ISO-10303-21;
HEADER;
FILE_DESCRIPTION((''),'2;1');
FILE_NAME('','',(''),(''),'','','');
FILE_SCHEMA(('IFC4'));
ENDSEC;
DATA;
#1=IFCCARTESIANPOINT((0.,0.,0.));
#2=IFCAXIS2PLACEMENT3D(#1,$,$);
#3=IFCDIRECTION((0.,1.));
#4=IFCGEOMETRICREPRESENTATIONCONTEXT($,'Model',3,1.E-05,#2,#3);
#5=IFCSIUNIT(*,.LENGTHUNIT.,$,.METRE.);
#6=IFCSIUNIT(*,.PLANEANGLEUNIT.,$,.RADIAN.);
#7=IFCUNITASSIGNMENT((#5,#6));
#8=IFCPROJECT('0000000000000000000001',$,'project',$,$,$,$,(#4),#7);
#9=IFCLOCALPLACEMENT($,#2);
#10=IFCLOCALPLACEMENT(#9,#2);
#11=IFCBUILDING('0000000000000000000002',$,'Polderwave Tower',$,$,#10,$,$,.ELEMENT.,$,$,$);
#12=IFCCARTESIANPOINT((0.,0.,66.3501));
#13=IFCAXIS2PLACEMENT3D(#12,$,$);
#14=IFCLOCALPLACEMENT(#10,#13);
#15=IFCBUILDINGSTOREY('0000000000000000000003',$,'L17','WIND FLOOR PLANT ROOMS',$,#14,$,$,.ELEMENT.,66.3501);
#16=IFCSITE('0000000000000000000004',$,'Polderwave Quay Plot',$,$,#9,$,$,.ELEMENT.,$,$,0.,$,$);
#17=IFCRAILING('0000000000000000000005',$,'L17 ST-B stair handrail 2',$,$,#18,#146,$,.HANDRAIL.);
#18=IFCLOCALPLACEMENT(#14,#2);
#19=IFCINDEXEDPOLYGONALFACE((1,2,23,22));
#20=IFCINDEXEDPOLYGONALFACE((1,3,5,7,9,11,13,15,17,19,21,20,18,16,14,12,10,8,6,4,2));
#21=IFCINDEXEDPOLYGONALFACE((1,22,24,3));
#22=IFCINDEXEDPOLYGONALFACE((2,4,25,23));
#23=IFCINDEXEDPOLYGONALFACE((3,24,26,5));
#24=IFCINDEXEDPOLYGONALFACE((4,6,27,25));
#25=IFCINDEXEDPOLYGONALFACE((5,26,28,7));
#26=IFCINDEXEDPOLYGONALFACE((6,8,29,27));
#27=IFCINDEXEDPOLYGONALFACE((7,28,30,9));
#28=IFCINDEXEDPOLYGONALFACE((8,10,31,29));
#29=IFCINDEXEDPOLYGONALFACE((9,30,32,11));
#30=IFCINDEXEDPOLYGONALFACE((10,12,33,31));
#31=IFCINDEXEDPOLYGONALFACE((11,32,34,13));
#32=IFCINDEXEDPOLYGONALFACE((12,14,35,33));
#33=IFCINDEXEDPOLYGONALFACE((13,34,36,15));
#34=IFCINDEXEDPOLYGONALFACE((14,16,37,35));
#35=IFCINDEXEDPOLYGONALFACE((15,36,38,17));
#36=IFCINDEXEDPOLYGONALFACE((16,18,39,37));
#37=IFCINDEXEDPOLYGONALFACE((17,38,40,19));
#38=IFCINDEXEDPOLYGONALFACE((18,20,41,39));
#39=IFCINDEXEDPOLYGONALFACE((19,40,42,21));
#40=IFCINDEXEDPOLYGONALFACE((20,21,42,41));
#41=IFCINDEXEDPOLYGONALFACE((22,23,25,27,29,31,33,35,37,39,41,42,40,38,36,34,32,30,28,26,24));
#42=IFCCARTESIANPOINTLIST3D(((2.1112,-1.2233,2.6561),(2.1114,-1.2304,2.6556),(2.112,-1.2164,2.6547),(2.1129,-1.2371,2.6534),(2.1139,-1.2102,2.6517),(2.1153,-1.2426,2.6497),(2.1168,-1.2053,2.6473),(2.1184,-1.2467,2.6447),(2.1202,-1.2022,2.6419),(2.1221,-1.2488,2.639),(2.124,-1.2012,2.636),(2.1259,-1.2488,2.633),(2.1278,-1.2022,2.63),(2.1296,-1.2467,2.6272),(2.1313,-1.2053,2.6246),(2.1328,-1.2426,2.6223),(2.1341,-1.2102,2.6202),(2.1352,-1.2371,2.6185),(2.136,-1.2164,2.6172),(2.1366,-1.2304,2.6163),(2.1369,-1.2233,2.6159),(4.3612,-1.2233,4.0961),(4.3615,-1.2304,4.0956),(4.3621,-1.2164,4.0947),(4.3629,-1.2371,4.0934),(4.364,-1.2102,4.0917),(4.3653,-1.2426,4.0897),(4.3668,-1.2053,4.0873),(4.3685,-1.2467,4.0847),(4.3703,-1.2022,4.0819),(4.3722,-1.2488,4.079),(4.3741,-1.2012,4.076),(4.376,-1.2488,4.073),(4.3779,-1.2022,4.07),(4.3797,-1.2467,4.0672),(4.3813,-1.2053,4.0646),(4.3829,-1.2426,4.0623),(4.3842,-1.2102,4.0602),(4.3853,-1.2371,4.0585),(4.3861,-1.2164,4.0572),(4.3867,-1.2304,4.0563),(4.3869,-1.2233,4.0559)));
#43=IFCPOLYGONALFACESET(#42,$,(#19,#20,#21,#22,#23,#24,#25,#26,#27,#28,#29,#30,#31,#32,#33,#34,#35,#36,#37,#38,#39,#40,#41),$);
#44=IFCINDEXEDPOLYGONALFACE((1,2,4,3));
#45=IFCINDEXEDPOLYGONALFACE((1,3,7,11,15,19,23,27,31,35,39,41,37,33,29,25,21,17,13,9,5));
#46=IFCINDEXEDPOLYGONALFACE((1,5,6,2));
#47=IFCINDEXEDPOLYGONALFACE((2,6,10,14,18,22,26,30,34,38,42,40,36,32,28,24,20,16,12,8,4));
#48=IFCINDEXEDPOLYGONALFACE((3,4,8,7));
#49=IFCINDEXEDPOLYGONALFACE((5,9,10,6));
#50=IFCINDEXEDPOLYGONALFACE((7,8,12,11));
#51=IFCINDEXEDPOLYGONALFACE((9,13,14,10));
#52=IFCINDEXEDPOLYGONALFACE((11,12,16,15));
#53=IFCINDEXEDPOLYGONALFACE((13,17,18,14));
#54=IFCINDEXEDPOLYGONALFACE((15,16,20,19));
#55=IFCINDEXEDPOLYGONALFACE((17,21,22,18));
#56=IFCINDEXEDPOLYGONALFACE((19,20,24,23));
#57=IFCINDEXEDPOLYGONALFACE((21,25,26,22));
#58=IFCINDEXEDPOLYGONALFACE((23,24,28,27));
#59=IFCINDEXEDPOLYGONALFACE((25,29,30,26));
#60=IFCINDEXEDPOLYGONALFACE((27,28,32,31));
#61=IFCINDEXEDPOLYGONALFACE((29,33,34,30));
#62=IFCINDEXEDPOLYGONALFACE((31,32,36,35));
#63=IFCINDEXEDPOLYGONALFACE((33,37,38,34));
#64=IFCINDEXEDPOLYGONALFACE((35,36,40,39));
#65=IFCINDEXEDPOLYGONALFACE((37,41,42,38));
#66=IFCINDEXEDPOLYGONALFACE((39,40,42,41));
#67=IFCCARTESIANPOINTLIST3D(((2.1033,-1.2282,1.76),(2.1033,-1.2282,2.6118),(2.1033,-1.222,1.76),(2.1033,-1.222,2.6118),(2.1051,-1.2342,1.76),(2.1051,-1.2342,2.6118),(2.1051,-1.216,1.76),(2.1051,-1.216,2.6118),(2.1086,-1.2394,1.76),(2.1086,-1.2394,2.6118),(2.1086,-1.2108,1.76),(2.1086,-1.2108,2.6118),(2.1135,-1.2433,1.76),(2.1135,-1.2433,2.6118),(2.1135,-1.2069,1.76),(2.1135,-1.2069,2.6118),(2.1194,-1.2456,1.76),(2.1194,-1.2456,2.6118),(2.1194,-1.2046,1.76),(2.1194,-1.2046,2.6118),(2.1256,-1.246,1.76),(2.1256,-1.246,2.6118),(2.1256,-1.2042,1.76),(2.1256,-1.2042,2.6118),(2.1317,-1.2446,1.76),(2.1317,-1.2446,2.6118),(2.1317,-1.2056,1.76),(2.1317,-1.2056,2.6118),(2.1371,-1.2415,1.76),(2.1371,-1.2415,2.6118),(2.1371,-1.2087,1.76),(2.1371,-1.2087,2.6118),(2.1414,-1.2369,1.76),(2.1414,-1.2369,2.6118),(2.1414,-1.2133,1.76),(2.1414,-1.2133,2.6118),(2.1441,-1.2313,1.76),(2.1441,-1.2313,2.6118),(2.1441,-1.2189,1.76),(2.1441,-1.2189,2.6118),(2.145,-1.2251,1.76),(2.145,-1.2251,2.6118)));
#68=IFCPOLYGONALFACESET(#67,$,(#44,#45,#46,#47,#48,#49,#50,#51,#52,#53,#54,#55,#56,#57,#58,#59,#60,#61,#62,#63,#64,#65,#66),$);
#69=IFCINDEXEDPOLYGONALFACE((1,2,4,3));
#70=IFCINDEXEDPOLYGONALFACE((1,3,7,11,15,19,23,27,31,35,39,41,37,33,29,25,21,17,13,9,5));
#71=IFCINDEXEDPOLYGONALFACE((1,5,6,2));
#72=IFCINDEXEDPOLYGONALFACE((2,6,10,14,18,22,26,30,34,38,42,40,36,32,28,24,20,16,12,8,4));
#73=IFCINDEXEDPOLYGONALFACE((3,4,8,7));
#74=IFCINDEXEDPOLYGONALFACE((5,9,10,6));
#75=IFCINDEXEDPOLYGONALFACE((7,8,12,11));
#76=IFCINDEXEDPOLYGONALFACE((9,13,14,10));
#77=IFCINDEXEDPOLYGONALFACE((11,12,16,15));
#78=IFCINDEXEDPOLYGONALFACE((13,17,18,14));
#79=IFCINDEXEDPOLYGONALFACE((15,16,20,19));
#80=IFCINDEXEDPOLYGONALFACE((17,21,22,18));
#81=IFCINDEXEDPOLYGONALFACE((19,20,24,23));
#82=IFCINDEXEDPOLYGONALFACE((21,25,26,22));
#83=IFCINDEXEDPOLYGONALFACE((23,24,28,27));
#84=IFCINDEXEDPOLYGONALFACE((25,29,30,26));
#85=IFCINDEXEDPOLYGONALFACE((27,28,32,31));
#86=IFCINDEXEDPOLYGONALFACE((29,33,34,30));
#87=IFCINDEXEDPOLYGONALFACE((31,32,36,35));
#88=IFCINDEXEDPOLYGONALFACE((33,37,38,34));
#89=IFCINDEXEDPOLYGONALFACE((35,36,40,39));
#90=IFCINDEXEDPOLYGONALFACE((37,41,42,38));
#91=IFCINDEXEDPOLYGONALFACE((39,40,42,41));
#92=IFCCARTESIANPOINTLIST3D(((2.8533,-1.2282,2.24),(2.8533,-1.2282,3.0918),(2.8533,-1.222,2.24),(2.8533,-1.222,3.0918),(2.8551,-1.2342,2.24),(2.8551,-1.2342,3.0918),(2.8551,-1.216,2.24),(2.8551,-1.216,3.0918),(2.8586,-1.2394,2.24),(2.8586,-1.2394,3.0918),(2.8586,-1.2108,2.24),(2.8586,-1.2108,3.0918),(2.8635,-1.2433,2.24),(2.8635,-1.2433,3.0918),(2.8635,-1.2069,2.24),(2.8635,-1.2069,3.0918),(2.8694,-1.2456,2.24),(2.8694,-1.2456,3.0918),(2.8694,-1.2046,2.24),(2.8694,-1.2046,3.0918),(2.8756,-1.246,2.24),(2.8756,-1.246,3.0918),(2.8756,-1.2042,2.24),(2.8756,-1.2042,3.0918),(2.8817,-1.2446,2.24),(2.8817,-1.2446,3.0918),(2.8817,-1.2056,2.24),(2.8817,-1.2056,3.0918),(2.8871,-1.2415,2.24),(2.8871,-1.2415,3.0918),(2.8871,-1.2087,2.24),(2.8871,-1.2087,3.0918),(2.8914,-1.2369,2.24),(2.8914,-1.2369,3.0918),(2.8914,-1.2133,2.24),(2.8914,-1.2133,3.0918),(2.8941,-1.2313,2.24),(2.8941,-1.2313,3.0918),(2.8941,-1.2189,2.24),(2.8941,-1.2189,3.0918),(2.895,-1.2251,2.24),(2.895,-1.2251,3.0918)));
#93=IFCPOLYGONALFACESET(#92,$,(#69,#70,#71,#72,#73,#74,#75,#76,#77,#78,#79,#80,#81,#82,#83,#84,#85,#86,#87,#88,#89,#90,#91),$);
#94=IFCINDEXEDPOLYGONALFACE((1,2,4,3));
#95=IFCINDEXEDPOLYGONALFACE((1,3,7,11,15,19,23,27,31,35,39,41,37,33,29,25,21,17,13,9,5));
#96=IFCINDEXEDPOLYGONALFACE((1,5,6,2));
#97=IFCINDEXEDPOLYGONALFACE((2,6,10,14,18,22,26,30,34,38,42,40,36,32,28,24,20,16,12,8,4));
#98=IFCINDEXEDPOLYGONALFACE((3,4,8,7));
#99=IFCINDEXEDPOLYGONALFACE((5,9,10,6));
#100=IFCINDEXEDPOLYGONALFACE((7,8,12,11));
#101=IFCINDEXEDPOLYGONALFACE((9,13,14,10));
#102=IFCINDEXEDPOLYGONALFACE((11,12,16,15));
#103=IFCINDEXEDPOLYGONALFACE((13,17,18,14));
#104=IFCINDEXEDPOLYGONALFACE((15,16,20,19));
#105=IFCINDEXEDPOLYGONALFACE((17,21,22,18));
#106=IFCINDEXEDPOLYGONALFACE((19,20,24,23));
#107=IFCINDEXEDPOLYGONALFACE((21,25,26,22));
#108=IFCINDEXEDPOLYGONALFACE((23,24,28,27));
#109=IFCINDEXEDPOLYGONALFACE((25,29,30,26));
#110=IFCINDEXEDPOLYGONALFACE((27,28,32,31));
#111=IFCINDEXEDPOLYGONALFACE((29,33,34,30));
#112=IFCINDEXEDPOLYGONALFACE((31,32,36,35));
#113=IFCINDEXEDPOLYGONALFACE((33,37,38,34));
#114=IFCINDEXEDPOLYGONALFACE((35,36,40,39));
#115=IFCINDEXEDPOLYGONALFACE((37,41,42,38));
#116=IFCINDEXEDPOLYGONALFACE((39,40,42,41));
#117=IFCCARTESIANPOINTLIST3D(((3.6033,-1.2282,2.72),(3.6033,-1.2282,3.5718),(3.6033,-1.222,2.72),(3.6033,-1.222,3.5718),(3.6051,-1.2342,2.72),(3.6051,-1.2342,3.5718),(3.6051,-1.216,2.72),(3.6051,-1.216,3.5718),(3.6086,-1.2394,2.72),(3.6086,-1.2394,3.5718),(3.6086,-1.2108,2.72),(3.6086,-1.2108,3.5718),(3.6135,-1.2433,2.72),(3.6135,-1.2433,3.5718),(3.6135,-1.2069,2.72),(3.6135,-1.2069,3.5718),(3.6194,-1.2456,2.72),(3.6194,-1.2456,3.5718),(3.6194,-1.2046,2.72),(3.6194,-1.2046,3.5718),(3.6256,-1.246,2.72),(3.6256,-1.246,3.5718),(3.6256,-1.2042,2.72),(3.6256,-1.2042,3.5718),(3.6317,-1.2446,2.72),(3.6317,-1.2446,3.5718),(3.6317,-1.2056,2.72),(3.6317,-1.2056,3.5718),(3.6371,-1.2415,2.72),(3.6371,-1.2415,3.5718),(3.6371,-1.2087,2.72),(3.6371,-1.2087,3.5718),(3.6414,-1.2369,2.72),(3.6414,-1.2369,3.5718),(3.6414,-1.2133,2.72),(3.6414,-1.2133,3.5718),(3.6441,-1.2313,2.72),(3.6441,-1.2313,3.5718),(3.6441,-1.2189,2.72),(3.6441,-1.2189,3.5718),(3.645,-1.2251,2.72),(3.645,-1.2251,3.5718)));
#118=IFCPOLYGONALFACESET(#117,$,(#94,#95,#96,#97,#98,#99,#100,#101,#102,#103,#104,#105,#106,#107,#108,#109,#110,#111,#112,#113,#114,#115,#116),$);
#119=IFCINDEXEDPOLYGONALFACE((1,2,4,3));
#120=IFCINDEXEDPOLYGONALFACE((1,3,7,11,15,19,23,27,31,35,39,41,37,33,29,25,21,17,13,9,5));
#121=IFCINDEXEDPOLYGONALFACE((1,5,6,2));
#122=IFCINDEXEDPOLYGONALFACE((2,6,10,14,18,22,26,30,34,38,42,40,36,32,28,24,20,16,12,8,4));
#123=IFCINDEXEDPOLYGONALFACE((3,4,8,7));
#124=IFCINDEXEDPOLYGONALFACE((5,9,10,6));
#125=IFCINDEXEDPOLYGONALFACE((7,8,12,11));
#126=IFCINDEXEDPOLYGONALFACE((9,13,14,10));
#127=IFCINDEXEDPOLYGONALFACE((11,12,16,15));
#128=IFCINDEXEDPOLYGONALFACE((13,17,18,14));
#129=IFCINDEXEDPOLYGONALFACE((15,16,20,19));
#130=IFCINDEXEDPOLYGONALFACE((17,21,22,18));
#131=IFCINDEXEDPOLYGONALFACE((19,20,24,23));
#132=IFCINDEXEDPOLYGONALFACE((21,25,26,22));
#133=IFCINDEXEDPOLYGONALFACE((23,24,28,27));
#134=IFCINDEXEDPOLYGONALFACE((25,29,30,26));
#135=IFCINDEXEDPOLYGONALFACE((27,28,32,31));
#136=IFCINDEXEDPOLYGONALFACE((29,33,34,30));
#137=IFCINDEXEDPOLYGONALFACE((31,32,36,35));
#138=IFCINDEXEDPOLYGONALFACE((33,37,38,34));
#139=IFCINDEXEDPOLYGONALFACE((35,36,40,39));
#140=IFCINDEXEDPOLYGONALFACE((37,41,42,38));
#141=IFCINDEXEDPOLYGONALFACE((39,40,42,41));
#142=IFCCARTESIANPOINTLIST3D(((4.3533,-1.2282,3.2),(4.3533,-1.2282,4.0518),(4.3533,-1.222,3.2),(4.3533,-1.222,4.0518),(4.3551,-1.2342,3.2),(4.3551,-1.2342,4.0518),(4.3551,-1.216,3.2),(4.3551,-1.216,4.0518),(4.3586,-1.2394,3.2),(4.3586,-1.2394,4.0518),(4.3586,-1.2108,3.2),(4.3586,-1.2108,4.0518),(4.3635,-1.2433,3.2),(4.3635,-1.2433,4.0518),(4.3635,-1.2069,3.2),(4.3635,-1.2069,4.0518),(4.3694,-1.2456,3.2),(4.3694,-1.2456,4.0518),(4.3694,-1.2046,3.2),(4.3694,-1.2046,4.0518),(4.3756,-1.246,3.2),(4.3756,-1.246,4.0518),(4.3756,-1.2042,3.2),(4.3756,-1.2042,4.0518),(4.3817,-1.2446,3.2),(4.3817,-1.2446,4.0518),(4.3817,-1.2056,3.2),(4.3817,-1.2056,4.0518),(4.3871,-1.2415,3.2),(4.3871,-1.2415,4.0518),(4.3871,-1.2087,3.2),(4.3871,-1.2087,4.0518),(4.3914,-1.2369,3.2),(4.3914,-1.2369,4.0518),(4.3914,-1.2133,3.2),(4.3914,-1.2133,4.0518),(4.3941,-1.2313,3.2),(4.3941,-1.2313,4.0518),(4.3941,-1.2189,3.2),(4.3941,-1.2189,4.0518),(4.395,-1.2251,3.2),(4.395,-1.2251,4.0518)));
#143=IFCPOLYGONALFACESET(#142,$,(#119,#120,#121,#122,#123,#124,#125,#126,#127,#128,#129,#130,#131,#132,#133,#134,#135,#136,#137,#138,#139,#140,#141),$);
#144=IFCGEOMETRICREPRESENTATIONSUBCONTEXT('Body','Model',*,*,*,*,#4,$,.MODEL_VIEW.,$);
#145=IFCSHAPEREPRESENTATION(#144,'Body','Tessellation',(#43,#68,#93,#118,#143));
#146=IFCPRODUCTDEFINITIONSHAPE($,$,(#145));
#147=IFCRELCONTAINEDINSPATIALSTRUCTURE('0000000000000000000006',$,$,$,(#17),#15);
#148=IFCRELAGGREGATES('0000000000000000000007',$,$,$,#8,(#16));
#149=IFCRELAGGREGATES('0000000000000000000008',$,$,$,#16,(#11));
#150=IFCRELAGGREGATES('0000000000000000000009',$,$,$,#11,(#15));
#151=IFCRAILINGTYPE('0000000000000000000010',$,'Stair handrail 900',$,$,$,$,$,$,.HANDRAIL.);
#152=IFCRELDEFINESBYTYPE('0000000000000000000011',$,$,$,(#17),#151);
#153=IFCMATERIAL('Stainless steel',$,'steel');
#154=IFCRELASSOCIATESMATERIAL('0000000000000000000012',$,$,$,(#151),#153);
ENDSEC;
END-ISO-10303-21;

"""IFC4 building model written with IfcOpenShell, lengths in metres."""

from ifc_helpers import new_model, si_unit, direction, frame, origin, origin_2d, place, context, subcontext, project, spatial, circle, extrude, material, type_object, element, save


model = new_model("IFC4")

# Units and contexts
model_context = context("Model", 3, precision=1e-05, world=origin(), true_north=direction((0.0, 1.0)))
body_context = subcontext(model_context, "Body", "Model", "MODEL_VIEW")
ifc_project = project(units=[si_unit("LENGTHUNIT", "METRE"), si_unit("PLANEANGLEUNIT", "RADIAN")], contexts=[model_context])

# Site, building, storey
site_placement = place(None, origin())
site = spatial("IfcSite", under=ifc_project, at=site_placement, Name="Polderwave Quay Plot", CompositionType="ELEMENT", RefElevation=0.0)
building_placement = place(site_placement, origin())
building = spatial("IfcBuilding", under=site, at=building_placement, Name="Polderwave Tower", CompositionType="ELEMENT")
storey_placement = place(building_placement, frame((0.0, 0.0, 66.3501)))
storey = spatial("IfcBuildingStorey", under=building, at=storey_placement, Name="L17", Description="WIND FLOOR PLANT ROOMS", CompositionType="ELEMENT", Elevation=66.3501)

# Railing
ifc_material_1 = material(Name="Stainless steel", Category="steel")
railing_type_1 = type_object("IfcRailingType", Name="Stair handrail 900", PredefinedType="HANDRAIL", material=ifc_material_1)
for number, where, name in (
    (1, (2.124, -1.2251, 1.76), "L17 ST-B stair handrail 2"),
):
    element("IfcRailing", number, at=place(storey_placement, frame(where)), inside=storey, type_object=railing_type_1, Name=name, PredefinedType="HANDRAIL", context=body_context, shape_type="SweptSolid", body=[
        extrude(circle(Radius=0.0239, at=origin_2d()), frame((0.0, 0.0, 0.876), z_axis=(0.842281, 0.0, 0.539038), x_axis=(0.0, 1.0, 0.0)), (0.0, 0.0, 1.0), 2.6714),
        extrude(circle(Radius=0.021, at=origin_2d()), origin(), (0.0, 0.0, 1.0), 0.8518),
        extrude(circle(Radius=0.021, at=origin_2d()), frame((0.75, 0.0, 0.48)), (0.0, 0.0, 1.0), 0.8518),
        extrude(circle(Radius=0.021, at=origin_2d()), frame((1.5, 0.0, 0.96)), (0.0, 0.0, 1.0), 0.8518),
        extrude(circle(Radius=0.021, at=origin_2d()), frame((2.25, 0.0, 1.4399)), (0.0, 0.0, 1.0), 0.8518),
    ])

save(model, "model.ifc")
